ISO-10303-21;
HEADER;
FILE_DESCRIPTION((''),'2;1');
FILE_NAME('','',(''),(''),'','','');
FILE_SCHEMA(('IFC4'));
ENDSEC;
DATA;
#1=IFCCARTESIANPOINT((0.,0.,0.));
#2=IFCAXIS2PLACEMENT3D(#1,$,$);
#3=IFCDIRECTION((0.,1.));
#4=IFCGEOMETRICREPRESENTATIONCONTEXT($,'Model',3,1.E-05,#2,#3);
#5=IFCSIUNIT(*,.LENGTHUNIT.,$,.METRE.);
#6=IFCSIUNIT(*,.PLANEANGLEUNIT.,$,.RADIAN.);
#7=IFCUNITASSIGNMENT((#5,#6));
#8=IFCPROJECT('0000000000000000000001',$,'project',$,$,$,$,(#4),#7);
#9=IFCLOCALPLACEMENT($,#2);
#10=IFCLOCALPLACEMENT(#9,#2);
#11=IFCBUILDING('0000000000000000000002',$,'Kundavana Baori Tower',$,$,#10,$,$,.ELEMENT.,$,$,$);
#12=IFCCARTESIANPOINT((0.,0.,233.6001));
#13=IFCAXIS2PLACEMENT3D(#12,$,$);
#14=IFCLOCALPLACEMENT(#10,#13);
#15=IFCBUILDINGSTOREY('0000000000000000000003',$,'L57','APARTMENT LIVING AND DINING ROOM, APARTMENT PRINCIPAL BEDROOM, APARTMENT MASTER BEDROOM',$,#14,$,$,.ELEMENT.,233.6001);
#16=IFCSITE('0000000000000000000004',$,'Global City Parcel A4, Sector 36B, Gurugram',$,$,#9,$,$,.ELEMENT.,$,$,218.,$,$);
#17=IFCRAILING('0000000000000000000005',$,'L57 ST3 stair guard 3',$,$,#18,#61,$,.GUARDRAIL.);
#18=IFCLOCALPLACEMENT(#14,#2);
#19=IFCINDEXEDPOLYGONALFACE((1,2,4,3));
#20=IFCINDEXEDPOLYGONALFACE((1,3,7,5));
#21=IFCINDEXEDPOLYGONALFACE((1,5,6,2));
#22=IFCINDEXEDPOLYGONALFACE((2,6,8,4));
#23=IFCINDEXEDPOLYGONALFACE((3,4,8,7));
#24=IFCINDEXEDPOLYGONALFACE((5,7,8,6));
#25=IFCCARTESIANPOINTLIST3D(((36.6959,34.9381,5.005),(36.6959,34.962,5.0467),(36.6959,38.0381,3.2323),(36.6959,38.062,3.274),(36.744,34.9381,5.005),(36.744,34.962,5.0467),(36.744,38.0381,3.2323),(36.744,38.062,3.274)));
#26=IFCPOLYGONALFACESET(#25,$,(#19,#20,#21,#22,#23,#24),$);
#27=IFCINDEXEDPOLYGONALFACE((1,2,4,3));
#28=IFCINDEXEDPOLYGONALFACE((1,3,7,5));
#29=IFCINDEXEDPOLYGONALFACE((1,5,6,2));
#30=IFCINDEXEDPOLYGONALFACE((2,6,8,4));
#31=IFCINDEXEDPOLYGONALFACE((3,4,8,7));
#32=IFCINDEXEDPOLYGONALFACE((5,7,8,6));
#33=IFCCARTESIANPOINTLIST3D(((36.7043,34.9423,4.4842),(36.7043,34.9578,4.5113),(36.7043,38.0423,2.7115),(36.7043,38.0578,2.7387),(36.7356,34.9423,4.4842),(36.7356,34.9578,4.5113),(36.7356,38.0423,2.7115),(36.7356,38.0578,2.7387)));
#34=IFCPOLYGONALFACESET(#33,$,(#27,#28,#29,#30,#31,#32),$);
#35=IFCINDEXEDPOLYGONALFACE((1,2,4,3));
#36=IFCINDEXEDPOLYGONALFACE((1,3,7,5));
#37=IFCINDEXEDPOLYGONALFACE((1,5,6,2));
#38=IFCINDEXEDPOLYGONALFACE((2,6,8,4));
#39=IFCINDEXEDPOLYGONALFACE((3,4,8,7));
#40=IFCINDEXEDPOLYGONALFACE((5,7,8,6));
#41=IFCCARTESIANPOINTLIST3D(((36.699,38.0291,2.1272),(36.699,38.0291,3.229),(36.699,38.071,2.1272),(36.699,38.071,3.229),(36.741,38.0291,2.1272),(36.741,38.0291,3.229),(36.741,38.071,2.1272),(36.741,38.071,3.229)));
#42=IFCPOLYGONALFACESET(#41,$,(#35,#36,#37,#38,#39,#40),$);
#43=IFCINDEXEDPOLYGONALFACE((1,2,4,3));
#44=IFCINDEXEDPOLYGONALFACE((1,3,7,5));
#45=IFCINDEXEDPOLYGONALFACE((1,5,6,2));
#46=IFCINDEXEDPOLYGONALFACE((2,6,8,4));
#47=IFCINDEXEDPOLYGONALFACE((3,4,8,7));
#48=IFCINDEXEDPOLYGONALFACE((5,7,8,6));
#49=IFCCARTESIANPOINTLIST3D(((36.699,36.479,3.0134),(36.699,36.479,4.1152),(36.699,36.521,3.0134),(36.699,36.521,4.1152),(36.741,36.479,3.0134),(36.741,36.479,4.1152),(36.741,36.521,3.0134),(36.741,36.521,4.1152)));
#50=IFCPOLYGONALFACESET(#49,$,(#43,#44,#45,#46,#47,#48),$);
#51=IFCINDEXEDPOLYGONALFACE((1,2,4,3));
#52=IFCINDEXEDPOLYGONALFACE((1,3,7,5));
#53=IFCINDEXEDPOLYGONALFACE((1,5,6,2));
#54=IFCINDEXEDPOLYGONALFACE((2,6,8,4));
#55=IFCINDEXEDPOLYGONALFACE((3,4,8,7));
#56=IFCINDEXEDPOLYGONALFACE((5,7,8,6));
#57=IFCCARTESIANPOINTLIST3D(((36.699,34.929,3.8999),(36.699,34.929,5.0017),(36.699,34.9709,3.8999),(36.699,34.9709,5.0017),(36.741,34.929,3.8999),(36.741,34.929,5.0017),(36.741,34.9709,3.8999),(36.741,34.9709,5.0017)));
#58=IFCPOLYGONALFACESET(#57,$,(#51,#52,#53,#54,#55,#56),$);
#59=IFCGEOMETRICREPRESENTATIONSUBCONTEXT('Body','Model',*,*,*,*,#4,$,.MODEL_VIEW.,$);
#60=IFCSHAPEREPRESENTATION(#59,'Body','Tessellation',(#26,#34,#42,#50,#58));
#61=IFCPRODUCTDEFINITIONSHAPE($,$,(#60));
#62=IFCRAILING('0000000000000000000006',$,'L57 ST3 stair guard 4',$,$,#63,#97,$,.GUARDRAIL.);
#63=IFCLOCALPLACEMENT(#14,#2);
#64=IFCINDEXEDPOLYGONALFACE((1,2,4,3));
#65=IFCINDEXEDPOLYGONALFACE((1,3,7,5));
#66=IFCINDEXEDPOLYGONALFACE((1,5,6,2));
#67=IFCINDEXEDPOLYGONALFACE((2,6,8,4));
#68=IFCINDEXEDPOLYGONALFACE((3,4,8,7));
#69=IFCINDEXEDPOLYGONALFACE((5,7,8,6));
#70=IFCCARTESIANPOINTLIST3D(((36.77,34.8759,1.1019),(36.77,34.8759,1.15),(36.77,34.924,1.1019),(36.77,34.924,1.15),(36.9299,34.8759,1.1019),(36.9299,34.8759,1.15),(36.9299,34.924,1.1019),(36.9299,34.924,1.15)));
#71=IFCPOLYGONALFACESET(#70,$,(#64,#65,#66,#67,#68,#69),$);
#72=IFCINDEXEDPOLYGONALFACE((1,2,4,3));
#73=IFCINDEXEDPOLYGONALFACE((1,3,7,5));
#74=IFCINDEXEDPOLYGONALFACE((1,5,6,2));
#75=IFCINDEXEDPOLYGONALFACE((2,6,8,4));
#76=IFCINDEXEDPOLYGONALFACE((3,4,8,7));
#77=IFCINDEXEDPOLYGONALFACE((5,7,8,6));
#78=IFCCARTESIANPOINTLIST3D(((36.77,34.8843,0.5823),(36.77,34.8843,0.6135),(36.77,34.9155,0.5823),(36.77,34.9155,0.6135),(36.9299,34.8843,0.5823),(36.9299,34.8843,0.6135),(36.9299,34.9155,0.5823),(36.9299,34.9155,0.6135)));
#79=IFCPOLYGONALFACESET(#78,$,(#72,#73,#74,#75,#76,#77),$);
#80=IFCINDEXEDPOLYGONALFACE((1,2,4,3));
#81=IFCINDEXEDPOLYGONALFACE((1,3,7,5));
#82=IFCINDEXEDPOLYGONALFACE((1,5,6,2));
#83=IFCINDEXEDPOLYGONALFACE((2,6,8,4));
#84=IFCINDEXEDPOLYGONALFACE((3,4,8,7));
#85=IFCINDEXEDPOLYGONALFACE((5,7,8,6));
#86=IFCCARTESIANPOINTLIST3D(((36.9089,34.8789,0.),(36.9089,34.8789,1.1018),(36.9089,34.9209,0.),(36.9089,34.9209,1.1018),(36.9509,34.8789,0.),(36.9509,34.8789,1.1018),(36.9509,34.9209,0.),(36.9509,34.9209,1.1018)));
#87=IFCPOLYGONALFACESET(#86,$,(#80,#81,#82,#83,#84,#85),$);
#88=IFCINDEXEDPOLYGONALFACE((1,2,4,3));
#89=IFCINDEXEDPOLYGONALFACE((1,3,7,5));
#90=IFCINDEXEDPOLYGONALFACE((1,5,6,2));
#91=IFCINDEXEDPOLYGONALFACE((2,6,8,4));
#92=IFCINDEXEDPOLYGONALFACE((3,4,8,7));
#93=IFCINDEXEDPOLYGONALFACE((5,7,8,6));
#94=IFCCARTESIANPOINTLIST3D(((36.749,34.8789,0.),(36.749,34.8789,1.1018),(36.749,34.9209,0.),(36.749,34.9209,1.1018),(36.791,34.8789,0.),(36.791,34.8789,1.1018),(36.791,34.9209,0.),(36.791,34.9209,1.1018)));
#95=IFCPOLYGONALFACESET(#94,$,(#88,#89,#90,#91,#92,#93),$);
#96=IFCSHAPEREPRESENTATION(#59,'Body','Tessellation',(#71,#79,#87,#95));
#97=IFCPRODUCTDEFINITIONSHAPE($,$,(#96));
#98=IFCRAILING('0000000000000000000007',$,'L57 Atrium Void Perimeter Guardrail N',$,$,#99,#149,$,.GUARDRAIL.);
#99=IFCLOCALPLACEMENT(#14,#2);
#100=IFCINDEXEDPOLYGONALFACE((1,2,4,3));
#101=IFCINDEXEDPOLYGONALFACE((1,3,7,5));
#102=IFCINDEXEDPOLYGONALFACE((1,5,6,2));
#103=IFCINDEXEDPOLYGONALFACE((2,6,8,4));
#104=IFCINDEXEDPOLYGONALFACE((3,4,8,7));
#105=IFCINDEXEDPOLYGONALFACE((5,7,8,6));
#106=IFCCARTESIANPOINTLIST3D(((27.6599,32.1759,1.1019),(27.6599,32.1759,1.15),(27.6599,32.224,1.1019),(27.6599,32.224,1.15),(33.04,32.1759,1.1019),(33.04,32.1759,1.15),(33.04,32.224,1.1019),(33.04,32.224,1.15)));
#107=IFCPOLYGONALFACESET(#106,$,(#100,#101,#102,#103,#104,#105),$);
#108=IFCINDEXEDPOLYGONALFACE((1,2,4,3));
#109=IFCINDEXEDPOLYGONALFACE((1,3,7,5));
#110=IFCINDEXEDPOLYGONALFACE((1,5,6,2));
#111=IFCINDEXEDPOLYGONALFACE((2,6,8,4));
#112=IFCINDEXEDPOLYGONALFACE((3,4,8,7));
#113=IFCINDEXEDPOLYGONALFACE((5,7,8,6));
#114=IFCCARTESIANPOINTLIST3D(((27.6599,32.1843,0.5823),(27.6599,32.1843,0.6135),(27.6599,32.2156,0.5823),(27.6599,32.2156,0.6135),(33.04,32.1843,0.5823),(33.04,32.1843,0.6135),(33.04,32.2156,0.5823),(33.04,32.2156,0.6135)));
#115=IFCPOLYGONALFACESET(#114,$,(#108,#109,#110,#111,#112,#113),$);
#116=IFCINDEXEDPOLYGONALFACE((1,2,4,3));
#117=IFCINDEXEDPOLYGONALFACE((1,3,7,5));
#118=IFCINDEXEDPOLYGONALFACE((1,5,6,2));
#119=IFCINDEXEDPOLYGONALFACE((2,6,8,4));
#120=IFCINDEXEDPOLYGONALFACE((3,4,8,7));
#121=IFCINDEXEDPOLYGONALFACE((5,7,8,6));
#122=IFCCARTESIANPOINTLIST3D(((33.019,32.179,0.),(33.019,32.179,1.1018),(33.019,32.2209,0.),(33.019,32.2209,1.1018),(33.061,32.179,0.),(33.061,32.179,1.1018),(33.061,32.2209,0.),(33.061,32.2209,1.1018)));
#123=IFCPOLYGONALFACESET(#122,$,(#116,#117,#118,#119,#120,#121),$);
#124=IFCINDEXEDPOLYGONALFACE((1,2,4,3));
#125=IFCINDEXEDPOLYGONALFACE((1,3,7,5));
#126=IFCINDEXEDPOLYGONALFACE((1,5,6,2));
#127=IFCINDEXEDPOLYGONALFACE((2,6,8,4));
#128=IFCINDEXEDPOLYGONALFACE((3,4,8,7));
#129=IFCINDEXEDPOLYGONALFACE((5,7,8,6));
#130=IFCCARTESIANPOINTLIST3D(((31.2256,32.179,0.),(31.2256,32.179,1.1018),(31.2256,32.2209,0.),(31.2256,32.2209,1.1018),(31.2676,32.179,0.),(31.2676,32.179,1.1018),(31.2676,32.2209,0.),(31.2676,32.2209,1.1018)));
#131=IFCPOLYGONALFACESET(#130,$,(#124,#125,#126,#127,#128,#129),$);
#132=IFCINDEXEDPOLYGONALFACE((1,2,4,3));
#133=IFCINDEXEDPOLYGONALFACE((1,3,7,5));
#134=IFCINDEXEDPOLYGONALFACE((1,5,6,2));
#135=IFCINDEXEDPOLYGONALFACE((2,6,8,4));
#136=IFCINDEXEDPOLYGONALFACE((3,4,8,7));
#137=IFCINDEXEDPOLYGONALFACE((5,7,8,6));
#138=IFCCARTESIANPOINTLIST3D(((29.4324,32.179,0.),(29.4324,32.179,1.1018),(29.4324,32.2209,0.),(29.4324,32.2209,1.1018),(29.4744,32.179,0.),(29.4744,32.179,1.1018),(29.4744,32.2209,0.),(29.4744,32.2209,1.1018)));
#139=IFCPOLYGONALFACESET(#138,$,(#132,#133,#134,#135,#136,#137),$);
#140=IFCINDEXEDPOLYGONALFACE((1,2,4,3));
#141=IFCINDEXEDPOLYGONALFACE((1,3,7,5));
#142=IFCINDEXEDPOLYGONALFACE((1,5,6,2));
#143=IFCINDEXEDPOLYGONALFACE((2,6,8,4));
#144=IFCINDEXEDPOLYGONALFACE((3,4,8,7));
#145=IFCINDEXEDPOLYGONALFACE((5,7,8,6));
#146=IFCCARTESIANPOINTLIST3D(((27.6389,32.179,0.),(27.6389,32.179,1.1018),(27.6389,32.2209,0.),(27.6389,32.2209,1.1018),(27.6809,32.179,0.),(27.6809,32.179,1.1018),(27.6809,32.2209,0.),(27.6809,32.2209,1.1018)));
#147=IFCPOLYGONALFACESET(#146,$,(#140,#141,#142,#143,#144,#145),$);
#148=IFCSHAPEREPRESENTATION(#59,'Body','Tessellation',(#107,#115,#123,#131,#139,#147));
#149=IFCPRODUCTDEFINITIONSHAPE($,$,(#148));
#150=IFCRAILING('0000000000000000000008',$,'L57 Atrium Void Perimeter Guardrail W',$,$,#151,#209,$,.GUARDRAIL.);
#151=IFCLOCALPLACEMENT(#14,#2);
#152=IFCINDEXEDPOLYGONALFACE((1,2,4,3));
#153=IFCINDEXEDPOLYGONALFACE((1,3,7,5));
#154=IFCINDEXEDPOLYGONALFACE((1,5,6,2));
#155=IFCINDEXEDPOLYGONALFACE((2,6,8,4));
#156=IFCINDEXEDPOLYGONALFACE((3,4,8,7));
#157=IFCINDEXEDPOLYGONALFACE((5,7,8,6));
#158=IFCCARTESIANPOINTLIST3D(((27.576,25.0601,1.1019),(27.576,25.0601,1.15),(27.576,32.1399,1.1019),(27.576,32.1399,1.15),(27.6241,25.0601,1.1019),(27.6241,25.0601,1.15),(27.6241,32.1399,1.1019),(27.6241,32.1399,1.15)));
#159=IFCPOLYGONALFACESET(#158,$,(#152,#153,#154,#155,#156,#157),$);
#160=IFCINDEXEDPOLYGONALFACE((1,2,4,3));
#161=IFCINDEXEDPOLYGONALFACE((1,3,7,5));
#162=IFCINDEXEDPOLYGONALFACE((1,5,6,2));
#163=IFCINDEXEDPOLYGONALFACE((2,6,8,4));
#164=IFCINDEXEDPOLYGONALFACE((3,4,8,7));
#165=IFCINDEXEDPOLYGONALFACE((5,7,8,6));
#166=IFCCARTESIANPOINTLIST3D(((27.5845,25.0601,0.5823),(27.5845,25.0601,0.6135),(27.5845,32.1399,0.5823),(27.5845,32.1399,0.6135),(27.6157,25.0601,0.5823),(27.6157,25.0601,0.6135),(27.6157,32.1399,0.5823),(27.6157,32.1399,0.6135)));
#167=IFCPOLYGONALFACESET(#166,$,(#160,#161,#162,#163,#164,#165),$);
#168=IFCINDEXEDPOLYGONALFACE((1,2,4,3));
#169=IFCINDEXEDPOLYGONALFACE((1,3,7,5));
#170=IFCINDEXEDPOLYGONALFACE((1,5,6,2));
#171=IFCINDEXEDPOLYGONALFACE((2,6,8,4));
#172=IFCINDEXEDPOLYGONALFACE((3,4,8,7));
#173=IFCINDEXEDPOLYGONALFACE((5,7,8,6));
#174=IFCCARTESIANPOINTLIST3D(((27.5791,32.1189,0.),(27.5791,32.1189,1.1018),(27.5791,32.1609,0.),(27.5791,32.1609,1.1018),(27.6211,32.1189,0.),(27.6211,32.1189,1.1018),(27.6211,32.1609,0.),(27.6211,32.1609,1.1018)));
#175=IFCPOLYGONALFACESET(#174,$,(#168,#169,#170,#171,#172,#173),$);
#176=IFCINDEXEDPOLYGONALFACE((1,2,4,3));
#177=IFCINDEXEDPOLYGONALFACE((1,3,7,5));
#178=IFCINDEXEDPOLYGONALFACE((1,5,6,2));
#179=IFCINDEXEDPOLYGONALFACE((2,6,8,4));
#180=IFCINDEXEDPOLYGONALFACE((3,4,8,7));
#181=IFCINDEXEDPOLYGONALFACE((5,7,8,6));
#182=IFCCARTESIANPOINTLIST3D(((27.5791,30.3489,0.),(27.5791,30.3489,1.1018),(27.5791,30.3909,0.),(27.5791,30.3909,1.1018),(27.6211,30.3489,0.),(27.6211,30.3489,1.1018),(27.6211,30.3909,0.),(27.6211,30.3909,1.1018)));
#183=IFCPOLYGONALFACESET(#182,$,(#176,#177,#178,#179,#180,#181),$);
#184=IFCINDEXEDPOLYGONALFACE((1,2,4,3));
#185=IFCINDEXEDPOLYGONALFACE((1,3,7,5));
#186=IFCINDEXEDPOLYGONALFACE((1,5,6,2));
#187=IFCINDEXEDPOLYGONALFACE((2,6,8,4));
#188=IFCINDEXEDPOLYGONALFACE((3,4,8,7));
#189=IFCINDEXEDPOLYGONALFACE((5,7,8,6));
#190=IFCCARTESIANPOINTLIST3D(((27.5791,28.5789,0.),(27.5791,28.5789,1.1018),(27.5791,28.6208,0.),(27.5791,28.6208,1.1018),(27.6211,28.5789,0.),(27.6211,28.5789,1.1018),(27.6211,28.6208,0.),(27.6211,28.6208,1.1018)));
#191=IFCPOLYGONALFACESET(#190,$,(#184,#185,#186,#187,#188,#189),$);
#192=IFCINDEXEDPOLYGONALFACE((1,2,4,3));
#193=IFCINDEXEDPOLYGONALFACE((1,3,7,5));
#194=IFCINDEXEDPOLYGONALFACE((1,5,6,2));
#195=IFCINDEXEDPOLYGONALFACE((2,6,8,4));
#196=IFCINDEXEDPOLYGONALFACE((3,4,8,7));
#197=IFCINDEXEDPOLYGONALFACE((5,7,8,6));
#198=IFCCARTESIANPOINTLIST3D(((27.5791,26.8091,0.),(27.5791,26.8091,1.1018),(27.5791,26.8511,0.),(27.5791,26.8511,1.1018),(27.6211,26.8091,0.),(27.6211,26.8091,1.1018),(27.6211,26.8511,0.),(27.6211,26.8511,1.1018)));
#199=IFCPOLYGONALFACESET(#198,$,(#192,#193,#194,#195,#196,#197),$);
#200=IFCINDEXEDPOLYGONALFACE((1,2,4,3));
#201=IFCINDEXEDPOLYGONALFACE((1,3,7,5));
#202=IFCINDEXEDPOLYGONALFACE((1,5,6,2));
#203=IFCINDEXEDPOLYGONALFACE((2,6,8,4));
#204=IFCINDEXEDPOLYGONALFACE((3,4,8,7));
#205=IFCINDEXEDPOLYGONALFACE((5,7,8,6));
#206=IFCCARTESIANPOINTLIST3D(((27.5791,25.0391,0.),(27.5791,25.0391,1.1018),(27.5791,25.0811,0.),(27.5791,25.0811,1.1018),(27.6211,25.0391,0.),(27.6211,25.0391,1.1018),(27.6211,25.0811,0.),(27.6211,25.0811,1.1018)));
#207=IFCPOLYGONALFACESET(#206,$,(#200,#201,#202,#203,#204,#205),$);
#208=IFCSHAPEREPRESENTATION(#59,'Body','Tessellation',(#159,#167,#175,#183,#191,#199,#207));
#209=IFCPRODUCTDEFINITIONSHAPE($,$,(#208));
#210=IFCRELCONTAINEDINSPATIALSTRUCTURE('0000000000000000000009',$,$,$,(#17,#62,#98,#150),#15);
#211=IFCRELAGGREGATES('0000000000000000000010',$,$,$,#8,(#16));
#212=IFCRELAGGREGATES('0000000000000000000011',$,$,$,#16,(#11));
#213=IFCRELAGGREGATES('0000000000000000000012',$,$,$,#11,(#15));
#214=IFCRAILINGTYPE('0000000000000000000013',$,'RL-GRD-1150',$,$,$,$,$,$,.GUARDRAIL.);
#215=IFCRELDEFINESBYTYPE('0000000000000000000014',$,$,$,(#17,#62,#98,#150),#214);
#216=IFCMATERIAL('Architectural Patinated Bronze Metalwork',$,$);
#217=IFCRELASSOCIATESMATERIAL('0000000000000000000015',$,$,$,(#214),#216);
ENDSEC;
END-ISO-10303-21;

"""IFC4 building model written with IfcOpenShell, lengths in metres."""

from ifc_helpers import new_model, si_unit, direction, frame, origin, origin_2d, place, context, subcontext, project, spatial, rectangle, extrude, material, type_object, element, save


model = new_model("IFC4")

# Units and contexts
model_context = context("Model", 3, precision=1e-05, world=origin(), true_north=direction((0.0, 1.0)))
body_context = subcontext(model_context, "Body", "Model", "MODEL_VIEW")
ifc_project = project(units=[si_unit("LENGTHUNIT", "METRE"), si_unit("PLANEANGLEUNIT", "RADIAN")], contexts=[model_context])

# Site, building, storey
site_placement = place(None, origin())
site = spatial("IfcSite", under=ifc_project, at=site_placement, Name="Global City Parcel A4, Sector 36B, Gurugram", CompositionType="ELEMENT", RefElevation=218.0)
building_placement = place(site_placement, origin())
building = spatial("IfcBuilding", under=site, at=building_placement, Name="Kundavana Baori Tower", CompositionType="ELEMENT")
storey_placement = place(building_placement, frame((0.0, 0.0, 233.6001)))
storey = spatial("IfcBuildingStorey", under=building, at=storey_placement, Name="L57", Description="APARTMENT LIVING AND DINING ROOM, APARTMENT PRINCIPAL BEDROOM, APARTMENT MASTER BEDROOM", CompositionType="ELEMENT", Elevation=233.6001)

# Railings
ifc_material_1 = material(Name="Architectural Patinated Bronze Metalwork")
railing_type_1 = type_object("IfcRailingType", Name="RL-GRD-1150", PredefinedType="GUARDRAIL", material=ifc_material_1)
railing_1_placement = place(storey_placement, frame((36.72, 38.05, 2.1272)))
element("IfcRailing", 1, at=railing_1_placement, inside=storey, type_object=railing_type_1, Name="L57 ST3 stair guard 3", PredefinedType="GUARDRAIL", context=body_context, shape_type="SweptSolid", body=[
    extrude(rectangle(XDim=0.0481, YDim=0.0481, at=origin_2d()), frame((0.0, 0.0, 1.126), z_axis=(0.0, -0.868096, 0.496397), x_axis=(1.0, 0.0, 0.0)), (0.0, 0.0, 1.0), 3.571),
    extrude(rectangle(XDim=0.0312, YDim=0.0312, at=origin_2d()), frame((0.0, 0.0, 0.5979), z_axis=(0.0, -0.868096, 0.496397), x_axis=(1.0, 0.0, 0.0)), (0.0, 0.0, 1.0), 3.571),
    extrude(rectangle(XDim=0.042, YDim=0.042, at=origin_2d()), origin(), (0.0, 0.0, 1.0), 1.1018),
    extrude(rectangle(XDim=0.042, YDim=0.042, at=origin_2d()), frame((0.0, -1.55, 0.8862)), (0.0, 0.0, 1.0), 1.1018),
    extrude(rectangle(XDim=0.042, YDim=0.042, at=origin_2d()), frame((0.0, -3.1001, 1.7727)), (0.0, 0.0, 1.0), 1.1018),
])
railing_2_placement = place(storey_placement, frame((36.9299, 34.8999, 0.0)))
element("IfcRailing", 2, at=railing_2_placement, inside=storey, type_object=railing_type_1, Name="L57 ST3 stair guard 4", PredefinedType="GUARDRAIL", context=body_context, shape_type="SweptSolid", body=[
    extrude(rectangle(XDim=0.0481, YDim=0.0481, at=origin_2d()), frame((0.0, 0.0, 1.126), z_axis=(-1.0, 0.0, 0.0), x_axis=(0.0, -1.0, 0.0)), (0.0, 0.0, 1.0), 0.1599),
    extrude(rectangle(XDim=0.0312, YDim=0.0312, at=origin_2d()), frame((0.0, 0.0, 0.5979), z_axis=(-1.0, 0.0, 0.0), x_axis=(0.0, -1.0, 0.0)), (0.0, 0.0, 1.0), 0.1599),
    extrude(rectangle(XDim=0.042, YDim=0.042, at=origin_2d()), origin(), (0.0, 0.0, 1.0), 1.1018),
    extrude(rectangle(XDim=0.042, YDim=0.042, at=origin_2d()), frame((-0.1599, 0.0, 0.0)), (0.0, 0.0, 1.0), 1.1018),
])
railing_3_placement = place(storey_placement, frame((33.04, 32.2, 0.0)))
element("IfcRailing", 3, at=railing_3_placement, inside=storey, type_object=railing_type_1, Name="L57 Atrium Void Perimeter Guardrail N", PredefinedType="GUARDRAIL", context=body_context, shape_type="SweptSolid", body=[
    extrude(rectangle(XDim=0.0481, YDim=0.0481, at=origin_2d()), frame((0.0, 0.0, 1.126), z_axis=(-1.0, 0.0, 0.0), x_axis=(0.0, -1.0, 0.0)), (0.0, 0.0, 1.0), 5.3801),
    extrude(rectangle(XDim=0.0312, YDim=0.0312, at=origin_2d()), frame((0.0, 0.0, 0.5979), z_axis=(-1.0, 0.0, 0.0), x_axis=(0.0, -1.0, 0.0)), (0.0, 0.0, 1.0), 5.3801),
    extrude(rectangle(XDim=0.042, YDim=0.042, at=origin_2d()), origin(), (0.0, 0.0, 1.0), 1.1018),
    extrude(rectangle(XDim=0.042, YDim=0.042, at=origin_2d()), frame((-1.7935, 0.0, 0.0)), (0.0, 0.0, 1.0), 1.1018),
    extrude(rectangle(XDim=0.042, YDim=0.042, at=origin_2d()), frame((-3.5867, 0.0, 0.0)), (0.0, 0.0, 1.0), 1.1018),
    extrude(rectangle(XDim=0.042, YDim=0.042, at=origin_2d()), frame((-5.3801, 0.0, 0.0)), (0.0, 0.0, 1.0), 1.1018),
])
railing_4_placement = place(storey_placement, frame((27.6001, 32.1399, 0.0)))
element("IfcRailing", 4, at=railing_4_placement, inside=storey, type_object=railing_type_1, Name="L57 Atrium Void Perimeter Guardrail W", PredefinedType="GUARDRAIL", context=body_context, shape_type="SweptSolid", body=[
    extrude(rectangle(XDim=0.0481, YDim=0.0481, at=origin_2d()), frame((0.0, 0.0, 1.126), z_axis=(0.0, -1.0, 0.0), x_axis=(1.0, 0.0, 0.0)), (0.0, 0.0, 1.0), 7.0798),
    extrude(rectangle(XDim=0.0312, YDim=0.0312, at=origin_2d()), frame((0.0, 0.0, 0.5979), z_axis=(0.0, -1.0, 0.0), x_axis=(1.0, 0.0, 0.0)), (0.0, 0.0, 1.0), 7.0798),
    extrude(rectangle(XDim=0.042, YDim=0.042, at=origin_2d()), origin(), (0.0, 0.0, 1.0), 1.1018),
    extrude(rectangle(XDim=0.042, YDim=0.042, at=origin_2d()), frame((0.0, -1.77, 0.0)), (0.0, 0.0, 1.0), 1.1018),
    extrude(rectangle(XDim=0.042, YDim=0.042, at=origin_2d()), frame((0.0, -3.54, 0.0)), (0.0, 0.0, 1.0), 1.1018),
    extrude(rectangle(XDim=0.042, YDim=0.042, at=origin_2d()), frame((0.0, -5.3098, 0.0)), (0.0, 0.0, 1.0), 1.1018),
    extrude(rectangle(XDim=0.042, YDim=0.042, at=origin_2d()), frame((0.0, -7.0798, 0.0)), (0.0, 0.0, 1.0), 1.1018),
])

save(model, "model.ifc")
